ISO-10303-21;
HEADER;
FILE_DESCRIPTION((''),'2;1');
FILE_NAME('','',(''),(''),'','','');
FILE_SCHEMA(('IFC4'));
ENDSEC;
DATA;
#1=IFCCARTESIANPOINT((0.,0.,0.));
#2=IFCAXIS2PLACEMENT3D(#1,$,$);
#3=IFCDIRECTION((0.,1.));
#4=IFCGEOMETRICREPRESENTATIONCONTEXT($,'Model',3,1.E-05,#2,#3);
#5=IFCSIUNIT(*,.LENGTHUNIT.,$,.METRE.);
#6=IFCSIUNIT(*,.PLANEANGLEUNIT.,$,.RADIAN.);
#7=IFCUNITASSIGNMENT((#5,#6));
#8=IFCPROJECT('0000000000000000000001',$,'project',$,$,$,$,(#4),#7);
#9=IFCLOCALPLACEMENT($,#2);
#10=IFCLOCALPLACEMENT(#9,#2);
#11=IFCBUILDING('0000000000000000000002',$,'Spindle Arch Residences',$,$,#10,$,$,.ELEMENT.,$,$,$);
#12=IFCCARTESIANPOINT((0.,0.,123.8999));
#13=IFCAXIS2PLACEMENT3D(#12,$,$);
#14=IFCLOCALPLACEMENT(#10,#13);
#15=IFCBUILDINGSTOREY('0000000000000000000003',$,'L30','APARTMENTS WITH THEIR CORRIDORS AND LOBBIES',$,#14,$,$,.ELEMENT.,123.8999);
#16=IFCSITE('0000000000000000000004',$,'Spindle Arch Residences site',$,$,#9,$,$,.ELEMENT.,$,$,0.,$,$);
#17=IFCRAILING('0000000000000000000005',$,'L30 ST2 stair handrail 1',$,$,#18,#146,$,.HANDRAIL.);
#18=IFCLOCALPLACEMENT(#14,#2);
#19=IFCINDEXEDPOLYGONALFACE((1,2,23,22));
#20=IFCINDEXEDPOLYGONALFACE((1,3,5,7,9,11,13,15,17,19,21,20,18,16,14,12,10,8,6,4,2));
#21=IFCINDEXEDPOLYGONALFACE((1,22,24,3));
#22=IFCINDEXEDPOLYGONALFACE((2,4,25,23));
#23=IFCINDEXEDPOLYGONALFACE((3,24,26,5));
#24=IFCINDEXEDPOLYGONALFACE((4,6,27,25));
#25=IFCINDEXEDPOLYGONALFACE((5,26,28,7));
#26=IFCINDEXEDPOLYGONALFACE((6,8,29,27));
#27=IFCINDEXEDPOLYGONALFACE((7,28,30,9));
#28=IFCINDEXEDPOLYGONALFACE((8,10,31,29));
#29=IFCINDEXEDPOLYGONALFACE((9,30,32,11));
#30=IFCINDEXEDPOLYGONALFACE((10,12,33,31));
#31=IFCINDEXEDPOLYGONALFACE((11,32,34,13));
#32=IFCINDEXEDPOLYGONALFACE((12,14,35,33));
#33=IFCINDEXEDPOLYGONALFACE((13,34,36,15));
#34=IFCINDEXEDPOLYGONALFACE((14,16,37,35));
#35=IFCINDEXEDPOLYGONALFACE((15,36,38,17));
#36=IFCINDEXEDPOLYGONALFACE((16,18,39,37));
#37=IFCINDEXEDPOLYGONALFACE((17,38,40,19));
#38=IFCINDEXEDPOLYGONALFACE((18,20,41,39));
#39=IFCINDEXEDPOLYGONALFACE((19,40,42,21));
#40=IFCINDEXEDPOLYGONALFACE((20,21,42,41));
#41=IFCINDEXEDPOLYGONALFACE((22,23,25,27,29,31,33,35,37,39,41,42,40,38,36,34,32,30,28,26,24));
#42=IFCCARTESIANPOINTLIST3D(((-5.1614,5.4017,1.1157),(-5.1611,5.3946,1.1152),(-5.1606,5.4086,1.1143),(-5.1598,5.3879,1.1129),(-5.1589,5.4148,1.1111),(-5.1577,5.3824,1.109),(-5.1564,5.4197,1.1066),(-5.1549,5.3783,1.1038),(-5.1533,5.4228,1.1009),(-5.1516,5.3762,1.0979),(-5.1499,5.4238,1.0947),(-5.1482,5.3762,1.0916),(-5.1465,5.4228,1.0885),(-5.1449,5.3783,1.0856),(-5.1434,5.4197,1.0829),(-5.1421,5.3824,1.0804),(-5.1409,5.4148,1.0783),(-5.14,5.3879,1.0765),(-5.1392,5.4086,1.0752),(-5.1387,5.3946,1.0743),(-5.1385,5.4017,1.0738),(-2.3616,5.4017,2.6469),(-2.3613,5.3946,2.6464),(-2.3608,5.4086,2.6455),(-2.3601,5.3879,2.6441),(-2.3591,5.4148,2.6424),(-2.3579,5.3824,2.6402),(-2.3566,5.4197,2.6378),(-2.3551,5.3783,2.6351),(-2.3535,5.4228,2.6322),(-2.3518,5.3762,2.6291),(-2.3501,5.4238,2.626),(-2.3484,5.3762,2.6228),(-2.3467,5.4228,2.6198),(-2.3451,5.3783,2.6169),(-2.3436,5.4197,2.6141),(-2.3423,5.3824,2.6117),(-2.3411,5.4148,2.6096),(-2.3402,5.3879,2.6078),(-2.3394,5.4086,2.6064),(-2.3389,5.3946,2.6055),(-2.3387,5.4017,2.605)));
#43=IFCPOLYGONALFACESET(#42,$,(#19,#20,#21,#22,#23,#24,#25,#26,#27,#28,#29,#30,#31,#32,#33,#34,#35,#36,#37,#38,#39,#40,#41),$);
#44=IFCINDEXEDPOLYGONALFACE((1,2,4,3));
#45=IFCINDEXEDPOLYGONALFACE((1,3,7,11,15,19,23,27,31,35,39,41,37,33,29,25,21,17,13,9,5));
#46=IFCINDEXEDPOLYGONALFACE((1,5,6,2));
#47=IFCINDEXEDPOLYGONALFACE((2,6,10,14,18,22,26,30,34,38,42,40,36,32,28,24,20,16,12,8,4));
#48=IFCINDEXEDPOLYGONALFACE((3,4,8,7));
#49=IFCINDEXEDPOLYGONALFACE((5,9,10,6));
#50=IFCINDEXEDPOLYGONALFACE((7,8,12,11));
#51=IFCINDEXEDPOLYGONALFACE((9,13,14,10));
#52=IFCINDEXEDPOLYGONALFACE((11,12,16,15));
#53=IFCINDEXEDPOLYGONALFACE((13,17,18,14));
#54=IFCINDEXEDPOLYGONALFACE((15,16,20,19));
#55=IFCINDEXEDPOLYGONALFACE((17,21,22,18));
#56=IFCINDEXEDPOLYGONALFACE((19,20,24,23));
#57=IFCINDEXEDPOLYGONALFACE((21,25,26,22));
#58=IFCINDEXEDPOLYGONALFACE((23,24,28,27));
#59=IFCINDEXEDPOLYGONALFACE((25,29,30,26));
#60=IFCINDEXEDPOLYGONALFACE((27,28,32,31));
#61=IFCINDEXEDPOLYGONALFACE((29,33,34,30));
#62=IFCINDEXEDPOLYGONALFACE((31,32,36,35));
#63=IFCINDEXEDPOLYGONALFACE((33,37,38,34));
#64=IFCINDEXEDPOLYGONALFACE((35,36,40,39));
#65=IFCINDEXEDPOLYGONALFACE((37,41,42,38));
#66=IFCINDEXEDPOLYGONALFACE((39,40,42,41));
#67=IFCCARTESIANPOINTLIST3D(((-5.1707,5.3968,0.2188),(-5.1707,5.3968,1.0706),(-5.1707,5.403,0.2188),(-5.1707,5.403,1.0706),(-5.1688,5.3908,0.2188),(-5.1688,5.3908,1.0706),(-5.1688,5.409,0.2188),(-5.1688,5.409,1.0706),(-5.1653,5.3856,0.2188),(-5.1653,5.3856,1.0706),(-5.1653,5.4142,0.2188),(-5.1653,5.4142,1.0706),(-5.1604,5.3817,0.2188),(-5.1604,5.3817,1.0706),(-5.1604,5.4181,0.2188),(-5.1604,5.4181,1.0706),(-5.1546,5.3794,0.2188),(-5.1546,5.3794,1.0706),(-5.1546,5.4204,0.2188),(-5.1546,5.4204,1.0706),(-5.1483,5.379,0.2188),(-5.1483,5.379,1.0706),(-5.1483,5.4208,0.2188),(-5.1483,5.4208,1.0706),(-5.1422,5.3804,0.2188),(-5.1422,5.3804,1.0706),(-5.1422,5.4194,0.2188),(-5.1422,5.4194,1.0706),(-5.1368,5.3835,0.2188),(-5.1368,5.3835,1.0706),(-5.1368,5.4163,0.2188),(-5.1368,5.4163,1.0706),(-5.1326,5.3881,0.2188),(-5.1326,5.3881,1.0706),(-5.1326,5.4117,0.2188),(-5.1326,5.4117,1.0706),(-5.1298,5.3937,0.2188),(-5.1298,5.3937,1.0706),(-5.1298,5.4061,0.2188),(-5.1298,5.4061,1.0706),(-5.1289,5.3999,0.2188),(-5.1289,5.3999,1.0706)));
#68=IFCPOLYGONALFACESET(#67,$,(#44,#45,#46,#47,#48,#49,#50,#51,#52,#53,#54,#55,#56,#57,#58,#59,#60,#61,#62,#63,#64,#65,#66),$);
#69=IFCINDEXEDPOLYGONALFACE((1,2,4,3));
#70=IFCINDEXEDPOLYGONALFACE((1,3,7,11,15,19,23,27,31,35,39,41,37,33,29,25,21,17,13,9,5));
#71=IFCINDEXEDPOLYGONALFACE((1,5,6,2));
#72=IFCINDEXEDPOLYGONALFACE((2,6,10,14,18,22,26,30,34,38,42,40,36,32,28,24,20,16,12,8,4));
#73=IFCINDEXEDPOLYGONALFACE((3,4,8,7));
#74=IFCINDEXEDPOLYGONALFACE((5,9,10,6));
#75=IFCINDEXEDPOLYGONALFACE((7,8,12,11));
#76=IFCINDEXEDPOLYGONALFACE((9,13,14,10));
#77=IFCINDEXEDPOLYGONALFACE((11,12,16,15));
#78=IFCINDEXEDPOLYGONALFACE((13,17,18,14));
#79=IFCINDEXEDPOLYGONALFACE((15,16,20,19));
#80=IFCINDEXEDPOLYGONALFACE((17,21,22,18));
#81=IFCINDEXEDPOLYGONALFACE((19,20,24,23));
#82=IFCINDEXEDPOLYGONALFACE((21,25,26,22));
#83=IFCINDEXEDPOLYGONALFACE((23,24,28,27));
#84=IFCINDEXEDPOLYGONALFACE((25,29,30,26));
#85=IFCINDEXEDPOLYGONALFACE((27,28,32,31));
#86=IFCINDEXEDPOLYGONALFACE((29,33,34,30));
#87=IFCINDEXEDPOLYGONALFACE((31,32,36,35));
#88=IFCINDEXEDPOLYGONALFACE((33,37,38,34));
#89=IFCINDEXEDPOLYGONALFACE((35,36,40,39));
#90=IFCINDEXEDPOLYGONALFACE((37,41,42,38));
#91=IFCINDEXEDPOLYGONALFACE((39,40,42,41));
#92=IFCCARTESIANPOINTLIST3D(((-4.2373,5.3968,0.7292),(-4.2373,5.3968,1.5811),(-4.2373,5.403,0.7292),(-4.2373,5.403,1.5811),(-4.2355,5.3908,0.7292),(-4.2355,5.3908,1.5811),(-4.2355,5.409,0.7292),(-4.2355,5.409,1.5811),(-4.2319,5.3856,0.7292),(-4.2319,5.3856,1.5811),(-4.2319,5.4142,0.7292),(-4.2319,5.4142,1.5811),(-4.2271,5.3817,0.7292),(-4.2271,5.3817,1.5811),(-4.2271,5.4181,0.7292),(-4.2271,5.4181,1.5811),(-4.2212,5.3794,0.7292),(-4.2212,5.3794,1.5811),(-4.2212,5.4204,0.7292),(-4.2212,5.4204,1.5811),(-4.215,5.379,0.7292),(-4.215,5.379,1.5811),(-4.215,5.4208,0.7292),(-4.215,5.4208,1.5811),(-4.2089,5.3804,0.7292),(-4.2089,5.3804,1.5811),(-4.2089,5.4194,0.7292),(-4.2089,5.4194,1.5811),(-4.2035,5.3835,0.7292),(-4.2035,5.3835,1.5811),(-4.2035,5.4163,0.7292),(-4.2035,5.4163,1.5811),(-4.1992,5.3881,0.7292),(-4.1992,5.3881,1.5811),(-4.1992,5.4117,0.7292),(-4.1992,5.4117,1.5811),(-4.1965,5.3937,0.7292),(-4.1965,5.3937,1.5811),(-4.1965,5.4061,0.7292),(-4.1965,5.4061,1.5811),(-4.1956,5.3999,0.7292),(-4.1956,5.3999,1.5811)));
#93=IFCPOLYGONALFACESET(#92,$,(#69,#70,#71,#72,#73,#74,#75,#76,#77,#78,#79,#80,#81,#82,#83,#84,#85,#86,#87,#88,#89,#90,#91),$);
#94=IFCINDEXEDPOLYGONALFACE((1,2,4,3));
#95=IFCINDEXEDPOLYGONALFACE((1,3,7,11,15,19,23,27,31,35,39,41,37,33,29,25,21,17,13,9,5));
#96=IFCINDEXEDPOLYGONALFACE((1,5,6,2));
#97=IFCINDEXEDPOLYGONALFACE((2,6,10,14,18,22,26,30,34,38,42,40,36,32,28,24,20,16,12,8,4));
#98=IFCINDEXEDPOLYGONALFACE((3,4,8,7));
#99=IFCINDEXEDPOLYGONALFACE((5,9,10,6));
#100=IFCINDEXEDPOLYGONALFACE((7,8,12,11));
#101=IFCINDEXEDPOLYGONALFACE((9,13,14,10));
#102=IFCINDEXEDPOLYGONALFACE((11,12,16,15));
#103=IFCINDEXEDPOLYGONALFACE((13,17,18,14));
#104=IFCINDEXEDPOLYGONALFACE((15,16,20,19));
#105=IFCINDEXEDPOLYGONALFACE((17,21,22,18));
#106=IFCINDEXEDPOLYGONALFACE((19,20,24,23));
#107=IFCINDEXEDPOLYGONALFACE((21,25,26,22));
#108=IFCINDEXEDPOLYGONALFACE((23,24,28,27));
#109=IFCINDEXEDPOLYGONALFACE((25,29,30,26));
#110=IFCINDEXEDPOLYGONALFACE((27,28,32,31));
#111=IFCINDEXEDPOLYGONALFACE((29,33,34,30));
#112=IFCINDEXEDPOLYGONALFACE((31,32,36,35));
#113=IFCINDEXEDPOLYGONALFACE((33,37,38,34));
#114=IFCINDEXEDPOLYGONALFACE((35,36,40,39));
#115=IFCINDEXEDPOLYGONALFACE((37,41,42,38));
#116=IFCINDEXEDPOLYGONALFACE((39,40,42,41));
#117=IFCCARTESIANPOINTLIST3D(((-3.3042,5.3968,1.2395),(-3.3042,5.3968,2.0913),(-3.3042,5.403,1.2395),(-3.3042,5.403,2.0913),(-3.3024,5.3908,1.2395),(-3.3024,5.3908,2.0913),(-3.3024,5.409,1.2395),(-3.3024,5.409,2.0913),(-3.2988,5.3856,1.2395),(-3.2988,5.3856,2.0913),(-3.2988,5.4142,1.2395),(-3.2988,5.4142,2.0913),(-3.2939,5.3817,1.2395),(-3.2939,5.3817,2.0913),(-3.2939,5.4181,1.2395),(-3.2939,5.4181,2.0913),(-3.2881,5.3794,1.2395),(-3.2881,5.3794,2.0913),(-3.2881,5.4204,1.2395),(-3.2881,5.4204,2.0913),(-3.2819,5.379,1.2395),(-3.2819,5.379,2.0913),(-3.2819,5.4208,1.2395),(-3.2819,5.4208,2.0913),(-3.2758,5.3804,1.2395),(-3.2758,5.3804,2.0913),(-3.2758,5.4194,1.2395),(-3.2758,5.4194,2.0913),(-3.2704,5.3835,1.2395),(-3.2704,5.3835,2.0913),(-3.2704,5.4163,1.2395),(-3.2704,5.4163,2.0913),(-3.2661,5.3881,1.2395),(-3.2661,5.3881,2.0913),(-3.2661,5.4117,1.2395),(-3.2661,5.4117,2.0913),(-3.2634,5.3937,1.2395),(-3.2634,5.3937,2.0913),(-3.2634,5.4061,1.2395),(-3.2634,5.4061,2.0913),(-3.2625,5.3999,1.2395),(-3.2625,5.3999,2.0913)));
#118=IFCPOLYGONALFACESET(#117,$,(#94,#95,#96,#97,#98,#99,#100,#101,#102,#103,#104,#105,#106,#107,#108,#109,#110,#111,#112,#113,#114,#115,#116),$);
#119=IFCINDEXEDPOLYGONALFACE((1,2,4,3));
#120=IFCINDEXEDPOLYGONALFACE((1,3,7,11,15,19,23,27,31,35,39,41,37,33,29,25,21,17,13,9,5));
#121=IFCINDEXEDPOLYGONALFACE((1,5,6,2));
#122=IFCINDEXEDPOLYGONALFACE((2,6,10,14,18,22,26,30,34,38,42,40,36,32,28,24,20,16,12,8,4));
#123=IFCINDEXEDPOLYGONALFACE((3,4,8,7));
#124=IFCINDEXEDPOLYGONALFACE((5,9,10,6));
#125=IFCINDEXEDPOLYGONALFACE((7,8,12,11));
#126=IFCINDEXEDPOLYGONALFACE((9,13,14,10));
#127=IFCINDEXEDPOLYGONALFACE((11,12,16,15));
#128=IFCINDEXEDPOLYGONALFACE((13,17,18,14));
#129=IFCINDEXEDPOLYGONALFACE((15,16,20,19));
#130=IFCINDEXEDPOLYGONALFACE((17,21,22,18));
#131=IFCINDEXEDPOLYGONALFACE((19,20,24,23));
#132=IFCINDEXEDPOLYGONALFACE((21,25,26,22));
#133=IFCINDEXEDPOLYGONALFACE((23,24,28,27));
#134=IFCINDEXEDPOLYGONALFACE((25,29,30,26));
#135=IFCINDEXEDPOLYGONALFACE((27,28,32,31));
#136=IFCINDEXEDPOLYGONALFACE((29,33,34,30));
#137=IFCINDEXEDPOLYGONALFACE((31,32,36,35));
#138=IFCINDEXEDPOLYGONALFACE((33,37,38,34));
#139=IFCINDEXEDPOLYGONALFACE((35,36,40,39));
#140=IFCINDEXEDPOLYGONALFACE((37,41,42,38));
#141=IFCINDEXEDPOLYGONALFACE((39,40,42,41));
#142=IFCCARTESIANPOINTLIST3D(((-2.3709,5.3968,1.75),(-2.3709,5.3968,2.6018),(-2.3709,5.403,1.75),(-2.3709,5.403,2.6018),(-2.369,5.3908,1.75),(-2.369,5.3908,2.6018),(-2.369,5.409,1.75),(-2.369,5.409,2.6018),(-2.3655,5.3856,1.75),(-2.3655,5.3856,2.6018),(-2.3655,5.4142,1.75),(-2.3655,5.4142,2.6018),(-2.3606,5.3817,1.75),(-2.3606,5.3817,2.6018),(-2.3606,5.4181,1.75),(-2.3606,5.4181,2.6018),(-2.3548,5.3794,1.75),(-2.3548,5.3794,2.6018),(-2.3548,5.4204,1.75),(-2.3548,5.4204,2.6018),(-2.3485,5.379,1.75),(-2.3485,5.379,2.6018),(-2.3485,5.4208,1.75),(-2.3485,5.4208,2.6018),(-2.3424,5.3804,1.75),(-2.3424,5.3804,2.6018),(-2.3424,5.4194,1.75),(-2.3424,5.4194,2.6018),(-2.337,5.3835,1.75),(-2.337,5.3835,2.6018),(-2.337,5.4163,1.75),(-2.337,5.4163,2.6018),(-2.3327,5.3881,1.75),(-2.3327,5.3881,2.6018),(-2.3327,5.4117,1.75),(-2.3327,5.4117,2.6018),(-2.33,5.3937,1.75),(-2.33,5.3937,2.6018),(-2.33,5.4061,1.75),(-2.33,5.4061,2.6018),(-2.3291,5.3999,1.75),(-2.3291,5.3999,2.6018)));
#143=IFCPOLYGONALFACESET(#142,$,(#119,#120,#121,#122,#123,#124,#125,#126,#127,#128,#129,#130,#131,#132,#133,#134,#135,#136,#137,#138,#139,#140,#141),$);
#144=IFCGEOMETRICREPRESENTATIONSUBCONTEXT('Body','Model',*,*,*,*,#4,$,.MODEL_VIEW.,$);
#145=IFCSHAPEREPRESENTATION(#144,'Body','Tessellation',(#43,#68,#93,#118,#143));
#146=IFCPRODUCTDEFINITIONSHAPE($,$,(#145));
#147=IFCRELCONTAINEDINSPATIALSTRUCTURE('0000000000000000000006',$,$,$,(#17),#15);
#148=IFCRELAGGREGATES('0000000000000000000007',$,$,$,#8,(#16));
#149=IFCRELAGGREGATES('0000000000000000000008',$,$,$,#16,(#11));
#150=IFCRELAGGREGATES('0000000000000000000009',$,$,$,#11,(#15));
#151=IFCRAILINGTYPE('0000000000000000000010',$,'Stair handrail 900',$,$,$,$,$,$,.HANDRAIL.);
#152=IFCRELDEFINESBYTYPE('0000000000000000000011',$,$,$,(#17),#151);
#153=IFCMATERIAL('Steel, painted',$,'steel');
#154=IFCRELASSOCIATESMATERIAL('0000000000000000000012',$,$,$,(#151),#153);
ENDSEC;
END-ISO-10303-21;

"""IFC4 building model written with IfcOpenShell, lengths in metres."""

from ifc_helpers import new_model, si_unit, direction, frame, origin, origin_2d, place, context, subcontext, project, spatial, circle, extrude, material, type_object, element, save


model = new_model("IFC4")

# Units and contexts
model_context = context("Model", 3, precision=1e-05, world=origin(), true_north=direction((0.0, 1.0)))
body_context = subcontext(model_context, "Body", "Model", "MODEL_VIEW")
ifc_project = project(units=[si_unit("LENGTHUNIT", "METRE"), si_unit("PLANEANGLEUNIT", "RADIAN")], contexts=[model_context])

# Site, building, storey
site_placement = place(None, origin())
site = spatial("IfcSite", under=ifc_project, at=site_placement, Name="Spindle Arch Residences site", CompositionType="ELEMENT", RefElevation=0.0)
building_placement = place(site_placement, origin())
building = spatial("IfcBuilding", under=site, at=building_placement, Name="Spindle Arch Residences", CompositionType="ELEMENT")
storey_placement = place(building_placement, frame((0.0, 0.0, 123.8999)))
storey = spatial("IfcBuildingStorey", under=building, at=storey_placement, Name="L30", Description="APARTMENTS WITH THEIR CORRIDORS AND LOBBIES", CompositionType="ELEMENT", Elevation=123.8999)

# Railing
ifc_material_1 = material(Name="Steel, painted", Category="steel")
railing_type_1 = type_object("IfcRailingType", Name="Stair handrail 900", PredefinedType="HANDRAIL", material=ifc_material_1)
railing_1_placement = place(storey_placement, frame((-5.1499, 5.3999, 0.2188)))
element("IfcRailing", 1, at=railing_1_placement, inside=storey, type_object=railing_type_1, Name="L30 ST2 stair handrail 1", PredefinedType="HANDRAIL", context=body_context, shape_type="SweptSolid", body=[
    extrude(circle(Radius=0.0239, at=origin_2d()), frame((0.0, 0.0, 0.876), z_axis=(0.877357, 0.0, 0.479838), x_axis=(0.0, 1.0, 0.0)), (0.0, 0.0, 1.0), 3.1912),
    extrude(circle(Radius=0.021, at=origin_2d()), origin(), (0.0, 0.0, 1.0), 0.8518),
    extrude(circle(Radius=0.021, at=origin_2d()), frame((0.9333, 0.0, 0.5105)), (0.0, 0.0, 1.0), 0.8518),
    extrude(circle(Radius=0.021, at=origin_2d()), frame((1.8665, 0.0, 1.0208)), (0.0, 0.0, 1.0), 0.8518),
    extrude(circle(Radius=0.021, at=origin_2d()), frame((2.7998, 0.0, 1.5312)), (0.0, 0.0, 1.0), 0.8518),
])

save(model, "model.ifc")
